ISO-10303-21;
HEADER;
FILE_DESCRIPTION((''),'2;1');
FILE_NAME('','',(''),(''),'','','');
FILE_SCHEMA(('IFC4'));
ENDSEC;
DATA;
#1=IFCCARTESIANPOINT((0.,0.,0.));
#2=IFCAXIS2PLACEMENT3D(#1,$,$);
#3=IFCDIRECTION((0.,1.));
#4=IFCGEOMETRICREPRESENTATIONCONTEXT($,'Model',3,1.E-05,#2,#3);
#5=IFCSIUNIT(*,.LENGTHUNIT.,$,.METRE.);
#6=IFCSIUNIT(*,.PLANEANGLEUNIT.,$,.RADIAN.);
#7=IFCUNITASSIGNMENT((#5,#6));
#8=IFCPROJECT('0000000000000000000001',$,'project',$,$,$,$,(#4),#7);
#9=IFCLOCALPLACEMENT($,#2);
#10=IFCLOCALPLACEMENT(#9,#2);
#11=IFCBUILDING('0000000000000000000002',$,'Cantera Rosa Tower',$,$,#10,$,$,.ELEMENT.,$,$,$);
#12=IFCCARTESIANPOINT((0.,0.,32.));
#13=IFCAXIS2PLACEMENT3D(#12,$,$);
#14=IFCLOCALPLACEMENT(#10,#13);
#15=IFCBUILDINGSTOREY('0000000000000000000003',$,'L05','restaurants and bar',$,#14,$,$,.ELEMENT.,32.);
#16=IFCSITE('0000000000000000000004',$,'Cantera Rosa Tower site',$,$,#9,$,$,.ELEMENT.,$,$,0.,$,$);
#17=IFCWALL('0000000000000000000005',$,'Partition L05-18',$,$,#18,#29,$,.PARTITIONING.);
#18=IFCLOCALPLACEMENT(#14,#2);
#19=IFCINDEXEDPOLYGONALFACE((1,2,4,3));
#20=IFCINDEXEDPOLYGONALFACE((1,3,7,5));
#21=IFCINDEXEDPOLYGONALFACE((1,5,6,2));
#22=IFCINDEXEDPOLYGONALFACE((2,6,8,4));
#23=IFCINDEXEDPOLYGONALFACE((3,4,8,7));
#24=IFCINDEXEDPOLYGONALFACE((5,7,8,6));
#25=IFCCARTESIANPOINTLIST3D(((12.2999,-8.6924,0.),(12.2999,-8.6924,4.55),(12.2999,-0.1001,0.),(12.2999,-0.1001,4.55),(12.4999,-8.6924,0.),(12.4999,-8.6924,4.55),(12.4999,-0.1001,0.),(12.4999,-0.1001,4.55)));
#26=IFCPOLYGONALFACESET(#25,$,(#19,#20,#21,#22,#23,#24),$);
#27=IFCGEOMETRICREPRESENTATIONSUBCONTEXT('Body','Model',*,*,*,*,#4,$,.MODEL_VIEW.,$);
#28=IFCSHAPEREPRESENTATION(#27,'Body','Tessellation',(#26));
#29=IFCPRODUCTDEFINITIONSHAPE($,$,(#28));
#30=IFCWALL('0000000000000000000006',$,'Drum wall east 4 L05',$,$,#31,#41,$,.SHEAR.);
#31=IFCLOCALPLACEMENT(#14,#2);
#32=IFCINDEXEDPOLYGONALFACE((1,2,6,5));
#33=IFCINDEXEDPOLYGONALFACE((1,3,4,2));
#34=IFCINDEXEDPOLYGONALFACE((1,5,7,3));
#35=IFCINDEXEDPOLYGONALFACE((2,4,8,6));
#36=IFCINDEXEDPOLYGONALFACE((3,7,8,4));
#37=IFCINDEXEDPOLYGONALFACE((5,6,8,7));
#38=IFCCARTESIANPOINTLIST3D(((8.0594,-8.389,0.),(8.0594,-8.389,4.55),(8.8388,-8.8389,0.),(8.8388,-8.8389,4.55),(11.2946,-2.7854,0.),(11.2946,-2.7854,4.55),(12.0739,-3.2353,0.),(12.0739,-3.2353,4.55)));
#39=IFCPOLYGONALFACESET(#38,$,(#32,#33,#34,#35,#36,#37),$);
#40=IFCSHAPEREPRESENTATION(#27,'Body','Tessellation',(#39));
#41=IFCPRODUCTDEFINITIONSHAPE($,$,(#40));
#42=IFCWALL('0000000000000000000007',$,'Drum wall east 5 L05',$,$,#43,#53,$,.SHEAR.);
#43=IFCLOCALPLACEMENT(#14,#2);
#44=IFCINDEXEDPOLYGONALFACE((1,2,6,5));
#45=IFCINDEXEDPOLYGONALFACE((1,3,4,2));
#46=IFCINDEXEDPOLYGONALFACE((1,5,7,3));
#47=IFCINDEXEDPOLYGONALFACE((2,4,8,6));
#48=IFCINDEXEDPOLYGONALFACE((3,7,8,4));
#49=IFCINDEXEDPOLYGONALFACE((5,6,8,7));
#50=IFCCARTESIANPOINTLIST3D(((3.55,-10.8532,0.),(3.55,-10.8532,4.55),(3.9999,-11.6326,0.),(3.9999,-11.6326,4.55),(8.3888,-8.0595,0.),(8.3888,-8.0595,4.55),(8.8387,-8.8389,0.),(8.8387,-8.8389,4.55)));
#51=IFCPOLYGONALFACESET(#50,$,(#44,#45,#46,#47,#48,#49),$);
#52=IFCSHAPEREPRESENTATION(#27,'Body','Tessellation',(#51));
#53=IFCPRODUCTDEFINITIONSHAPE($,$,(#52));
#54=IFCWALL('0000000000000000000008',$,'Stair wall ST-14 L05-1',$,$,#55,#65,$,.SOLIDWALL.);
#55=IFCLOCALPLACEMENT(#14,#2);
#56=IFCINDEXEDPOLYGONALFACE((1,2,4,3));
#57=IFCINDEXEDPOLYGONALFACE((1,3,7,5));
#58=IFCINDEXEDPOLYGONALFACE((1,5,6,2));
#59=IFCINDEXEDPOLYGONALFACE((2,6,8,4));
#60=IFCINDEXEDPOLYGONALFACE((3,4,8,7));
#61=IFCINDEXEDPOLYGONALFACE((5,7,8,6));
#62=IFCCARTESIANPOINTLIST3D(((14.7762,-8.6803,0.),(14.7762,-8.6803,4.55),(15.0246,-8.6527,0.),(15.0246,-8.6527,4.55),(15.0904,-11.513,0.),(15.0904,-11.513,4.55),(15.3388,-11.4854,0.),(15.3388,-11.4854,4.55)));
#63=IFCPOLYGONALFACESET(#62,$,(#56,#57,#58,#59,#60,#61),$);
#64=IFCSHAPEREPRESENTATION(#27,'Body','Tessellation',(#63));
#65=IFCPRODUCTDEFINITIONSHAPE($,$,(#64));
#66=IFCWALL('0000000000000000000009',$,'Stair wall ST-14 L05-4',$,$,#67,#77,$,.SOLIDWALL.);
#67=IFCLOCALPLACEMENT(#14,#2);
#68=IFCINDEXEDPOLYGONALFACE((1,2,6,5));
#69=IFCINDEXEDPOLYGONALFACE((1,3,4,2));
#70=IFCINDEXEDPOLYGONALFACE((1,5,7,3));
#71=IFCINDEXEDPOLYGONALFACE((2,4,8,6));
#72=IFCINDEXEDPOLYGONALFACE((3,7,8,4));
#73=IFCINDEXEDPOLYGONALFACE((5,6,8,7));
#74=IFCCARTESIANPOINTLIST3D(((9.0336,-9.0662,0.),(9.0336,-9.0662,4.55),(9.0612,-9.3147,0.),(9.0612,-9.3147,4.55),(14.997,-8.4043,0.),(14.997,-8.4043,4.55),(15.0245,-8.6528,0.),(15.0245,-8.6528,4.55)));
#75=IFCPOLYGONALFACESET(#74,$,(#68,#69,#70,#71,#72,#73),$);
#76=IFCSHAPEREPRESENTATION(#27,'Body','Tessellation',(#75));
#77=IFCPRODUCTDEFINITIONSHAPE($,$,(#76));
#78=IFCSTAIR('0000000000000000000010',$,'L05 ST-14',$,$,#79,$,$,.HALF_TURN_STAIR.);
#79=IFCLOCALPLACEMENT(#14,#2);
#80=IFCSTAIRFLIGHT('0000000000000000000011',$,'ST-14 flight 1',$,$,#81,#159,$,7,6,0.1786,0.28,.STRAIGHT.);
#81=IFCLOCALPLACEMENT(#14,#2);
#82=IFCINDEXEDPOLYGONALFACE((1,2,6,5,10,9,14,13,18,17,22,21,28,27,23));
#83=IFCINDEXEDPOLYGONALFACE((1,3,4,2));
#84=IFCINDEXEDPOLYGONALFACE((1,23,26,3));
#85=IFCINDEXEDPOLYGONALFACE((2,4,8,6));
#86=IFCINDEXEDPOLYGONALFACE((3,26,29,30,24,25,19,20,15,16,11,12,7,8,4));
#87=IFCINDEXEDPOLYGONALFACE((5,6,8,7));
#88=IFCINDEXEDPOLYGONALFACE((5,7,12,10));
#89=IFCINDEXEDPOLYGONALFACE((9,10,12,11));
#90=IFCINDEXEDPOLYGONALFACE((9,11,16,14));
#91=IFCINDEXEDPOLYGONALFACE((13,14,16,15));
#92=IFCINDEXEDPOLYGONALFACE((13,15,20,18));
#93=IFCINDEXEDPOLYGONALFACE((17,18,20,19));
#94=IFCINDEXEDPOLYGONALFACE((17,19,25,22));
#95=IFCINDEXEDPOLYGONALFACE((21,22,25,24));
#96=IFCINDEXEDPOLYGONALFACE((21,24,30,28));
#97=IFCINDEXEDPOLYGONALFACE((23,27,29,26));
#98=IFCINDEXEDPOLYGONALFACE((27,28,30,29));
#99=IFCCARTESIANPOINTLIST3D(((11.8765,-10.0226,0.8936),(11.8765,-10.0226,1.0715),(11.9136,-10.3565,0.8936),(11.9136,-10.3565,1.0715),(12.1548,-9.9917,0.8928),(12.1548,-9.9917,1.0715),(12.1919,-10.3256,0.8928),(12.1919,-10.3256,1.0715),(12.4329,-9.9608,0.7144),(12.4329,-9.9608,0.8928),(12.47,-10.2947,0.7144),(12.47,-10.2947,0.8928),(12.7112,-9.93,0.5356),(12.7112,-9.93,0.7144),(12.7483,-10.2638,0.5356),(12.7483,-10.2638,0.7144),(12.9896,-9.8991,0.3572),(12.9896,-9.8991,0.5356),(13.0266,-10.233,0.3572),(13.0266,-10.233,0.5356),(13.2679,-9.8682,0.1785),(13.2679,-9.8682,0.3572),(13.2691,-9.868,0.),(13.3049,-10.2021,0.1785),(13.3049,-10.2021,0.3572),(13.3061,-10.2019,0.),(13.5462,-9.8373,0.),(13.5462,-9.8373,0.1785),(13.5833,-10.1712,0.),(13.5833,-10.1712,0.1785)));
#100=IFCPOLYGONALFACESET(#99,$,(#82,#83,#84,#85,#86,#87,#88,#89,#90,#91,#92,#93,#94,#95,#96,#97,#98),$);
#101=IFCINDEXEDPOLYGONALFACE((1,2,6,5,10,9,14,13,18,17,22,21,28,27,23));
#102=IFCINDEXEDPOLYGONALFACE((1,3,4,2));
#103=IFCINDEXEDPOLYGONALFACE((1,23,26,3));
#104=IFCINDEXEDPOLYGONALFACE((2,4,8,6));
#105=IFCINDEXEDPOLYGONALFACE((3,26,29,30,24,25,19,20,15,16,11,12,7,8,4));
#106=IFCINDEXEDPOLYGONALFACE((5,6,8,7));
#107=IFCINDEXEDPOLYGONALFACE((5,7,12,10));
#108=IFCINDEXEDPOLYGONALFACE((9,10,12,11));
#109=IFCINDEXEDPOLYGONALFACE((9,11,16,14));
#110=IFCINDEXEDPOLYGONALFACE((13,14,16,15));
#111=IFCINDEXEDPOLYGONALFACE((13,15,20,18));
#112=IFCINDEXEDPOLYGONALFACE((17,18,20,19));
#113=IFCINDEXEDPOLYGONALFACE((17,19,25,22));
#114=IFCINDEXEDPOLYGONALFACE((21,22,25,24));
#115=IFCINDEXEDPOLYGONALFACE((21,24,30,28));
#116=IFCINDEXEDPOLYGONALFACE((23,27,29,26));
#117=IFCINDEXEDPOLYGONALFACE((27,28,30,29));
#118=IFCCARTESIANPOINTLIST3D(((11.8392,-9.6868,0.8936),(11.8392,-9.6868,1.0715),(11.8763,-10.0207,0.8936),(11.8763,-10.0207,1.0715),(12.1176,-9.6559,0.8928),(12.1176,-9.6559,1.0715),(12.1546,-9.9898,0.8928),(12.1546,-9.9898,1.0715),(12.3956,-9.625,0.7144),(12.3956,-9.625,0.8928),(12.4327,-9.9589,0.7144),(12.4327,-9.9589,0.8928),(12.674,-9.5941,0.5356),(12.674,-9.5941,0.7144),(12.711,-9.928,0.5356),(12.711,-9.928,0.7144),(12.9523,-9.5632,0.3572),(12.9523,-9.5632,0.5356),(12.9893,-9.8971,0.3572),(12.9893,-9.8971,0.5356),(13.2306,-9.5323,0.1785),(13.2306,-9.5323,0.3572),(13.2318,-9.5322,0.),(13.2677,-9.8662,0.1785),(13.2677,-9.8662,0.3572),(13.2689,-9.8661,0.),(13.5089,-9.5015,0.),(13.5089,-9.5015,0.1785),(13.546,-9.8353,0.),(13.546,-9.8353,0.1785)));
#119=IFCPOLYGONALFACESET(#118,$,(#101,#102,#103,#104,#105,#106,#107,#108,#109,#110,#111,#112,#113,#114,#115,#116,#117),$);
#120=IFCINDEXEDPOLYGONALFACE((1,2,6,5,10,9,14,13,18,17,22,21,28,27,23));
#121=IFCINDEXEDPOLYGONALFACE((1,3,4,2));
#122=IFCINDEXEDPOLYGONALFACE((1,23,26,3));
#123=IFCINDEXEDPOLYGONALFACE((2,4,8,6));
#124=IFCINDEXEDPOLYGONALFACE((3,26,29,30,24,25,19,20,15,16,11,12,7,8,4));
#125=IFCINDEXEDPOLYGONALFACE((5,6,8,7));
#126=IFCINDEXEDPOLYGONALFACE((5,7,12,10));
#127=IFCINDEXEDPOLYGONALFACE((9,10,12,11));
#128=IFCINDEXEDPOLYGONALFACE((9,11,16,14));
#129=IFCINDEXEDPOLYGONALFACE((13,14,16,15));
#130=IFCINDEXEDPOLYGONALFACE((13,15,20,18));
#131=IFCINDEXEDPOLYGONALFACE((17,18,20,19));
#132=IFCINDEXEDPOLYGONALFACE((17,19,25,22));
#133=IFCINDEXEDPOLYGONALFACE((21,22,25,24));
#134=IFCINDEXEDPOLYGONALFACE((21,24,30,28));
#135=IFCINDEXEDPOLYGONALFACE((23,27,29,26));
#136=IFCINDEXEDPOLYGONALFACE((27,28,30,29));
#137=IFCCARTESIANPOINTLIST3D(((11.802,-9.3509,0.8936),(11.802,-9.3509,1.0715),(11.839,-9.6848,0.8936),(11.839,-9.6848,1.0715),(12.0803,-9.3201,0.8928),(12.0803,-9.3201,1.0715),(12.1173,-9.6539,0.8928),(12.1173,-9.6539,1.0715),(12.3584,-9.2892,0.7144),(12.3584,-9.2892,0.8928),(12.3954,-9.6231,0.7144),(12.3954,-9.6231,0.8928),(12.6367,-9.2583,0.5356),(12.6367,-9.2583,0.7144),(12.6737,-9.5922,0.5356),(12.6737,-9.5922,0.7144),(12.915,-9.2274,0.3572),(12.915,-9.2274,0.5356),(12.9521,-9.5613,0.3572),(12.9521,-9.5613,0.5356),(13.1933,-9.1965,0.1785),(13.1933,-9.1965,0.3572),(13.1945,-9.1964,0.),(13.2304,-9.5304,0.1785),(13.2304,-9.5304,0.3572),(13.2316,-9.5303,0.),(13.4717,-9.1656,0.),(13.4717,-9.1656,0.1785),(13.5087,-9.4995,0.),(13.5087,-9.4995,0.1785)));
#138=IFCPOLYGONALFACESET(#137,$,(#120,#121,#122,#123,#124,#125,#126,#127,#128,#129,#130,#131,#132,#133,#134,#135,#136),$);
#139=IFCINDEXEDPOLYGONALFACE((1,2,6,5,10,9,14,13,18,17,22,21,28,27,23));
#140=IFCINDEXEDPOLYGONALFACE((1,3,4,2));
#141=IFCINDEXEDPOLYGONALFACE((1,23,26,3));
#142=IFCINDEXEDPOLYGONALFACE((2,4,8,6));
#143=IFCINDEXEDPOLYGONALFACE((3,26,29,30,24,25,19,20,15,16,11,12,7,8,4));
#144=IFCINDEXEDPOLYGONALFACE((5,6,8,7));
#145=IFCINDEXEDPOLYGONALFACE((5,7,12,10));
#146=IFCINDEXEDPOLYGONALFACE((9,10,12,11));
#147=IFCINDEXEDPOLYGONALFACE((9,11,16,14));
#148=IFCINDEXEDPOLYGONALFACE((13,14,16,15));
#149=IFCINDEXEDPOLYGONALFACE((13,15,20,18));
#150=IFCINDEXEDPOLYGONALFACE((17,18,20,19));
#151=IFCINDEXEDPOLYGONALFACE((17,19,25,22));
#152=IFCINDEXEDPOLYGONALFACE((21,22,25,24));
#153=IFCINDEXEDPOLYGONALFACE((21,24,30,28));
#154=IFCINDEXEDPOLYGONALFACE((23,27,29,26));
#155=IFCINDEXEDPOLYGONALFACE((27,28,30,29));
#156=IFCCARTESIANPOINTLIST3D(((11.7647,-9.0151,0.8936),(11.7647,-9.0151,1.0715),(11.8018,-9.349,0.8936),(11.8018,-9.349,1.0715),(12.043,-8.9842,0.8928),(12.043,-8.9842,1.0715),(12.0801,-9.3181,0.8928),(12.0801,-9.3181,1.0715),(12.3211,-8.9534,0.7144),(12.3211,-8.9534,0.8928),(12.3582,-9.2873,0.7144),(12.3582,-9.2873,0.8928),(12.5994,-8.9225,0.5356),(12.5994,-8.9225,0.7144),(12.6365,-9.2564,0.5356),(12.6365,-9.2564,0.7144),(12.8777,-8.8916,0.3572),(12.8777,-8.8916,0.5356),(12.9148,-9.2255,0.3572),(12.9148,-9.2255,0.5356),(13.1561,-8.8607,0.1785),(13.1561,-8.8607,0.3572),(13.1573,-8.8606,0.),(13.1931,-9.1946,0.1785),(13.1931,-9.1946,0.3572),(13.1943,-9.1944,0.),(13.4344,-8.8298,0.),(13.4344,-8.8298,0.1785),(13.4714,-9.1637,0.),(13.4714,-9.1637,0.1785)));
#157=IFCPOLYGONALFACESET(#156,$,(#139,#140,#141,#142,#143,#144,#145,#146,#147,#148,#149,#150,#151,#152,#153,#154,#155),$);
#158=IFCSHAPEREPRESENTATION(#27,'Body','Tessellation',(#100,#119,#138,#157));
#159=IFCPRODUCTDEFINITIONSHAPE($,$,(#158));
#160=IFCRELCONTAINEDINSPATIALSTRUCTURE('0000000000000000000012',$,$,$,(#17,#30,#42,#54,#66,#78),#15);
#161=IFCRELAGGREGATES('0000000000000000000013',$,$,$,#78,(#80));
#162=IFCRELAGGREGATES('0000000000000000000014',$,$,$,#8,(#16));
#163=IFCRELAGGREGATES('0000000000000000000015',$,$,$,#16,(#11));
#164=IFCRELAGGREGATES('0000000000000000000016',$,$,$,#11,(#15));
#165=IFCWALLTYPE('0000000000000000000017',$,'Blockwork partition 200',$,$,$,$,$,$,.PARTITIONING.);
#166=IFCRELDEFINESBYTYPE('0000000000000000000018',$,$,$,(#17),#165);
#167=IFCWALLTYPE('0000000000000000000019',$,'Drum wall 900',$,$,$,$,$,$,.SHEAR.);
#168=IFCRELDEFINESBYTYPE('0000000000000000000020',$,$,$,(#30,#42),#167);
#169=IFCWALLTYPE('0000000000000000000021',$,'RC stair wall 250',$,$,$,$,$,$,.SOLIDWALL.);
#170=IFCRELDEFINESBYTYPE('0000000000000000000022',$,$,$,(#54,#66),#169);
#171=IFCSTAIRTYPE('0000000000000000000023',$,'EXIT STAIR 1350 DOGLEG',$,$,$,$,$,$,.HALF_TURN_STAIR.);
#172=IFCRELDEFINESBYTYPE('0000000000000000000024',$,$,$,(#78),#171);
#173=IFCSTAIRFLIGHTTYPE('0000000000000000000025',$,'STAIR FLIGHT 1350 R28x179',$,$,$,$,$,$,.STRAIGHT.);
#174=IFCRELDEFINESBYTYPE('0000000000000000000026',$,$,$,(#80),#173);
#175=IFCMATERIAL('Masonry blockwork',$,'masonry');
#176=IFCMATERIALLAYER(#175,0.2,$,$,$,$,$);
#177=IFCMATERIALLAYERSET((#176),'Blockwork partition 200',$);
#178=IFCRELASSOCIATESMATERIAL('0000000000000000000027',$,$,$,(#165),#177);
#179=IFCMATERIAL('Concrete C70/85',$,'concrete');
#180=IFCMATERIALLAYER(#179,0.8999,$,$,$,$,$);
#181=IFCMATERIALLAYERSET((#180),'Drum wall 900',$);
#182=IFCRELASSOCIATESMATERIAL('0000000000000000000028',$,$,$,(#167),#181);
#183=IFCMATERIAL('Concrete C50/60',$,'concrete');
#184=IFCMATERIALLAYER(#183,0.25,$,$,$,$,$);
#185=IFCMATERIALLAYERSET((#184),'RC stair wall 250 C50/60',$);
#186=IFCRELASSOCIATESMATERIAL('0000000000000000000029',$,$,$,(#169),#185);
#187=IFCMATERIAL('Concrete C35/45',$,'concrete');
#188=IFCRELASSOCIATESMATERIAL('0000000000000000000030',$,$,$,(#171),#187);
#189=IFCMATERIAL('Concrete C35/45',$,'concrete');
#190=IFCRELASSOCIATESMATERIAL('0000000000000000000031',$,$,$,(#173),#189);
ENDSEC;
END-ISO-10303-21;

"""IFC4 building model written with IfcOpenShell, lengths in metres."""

from ifc_helpers import new_model, si_unit, direction, frame, frame_2d, origin, place, context, subcontext, project, spatial, polyline, rectangle, outline, extrude, material, layer, layer_set, type_object, element, aggregate, save


model = new_model("IFC4")

# Units and contexts
model_context = context("Model", 3, precision=1e-05, world=origin(), true_north=direction((0.0, 1.0)))
body_context = subcontext(model_context, "Body", "Model", "MODEL_VIEW")
ifc_project = project(units=[si_unit("LENGTHUNIT", "METRE"), si_unit("PLANEANGLEUNIT", "RADIAN")], contexts=[model_context])

# Site, building, storey
site_placement = place(None, origin())
site = spatial("IfcSite", under=ifc_project, at=site_placement, Name="Cantera Rosa Tower site", CompositionType="ELEMENT", RefElevation=0.0)
building_placement = place(site_placement, origin())
building = spatial("IfcBuilding", under=site, at=building_placement, Name="Cantera Rosa Tower", CompositionType="ELEMENT")
storey_placement = place(building_placement, frame((0.0, 0.0, 32.0)))
storey = spatial("IfcBuildingStorey", under=building, at=storey_placement, Name="L05", Description="restaurants and bar", CompositionType="ELEMENT", Elevation=32.0)

# Walls
ifc_material_1 = material(Name="Masonry blockwork", Category="masonry")
ifc_layer_1 = layer(ifc_material_1, 0.2)
ifc_layer_set_1 = layer_set([ifc_layer_1], Name="Blockwork partition 200")
wall_type_1 = type_object("IfcWallType", Name="Blockwork partition 200", PredefinedType="PARTITIONING", material=ifc_layer_set_1)
wall_1_placement = place(storey_placement, frame((12.3999, -8.6924, 0.0), z_axis=(0.0, 0.0, 1.0), x_axis=(0.0, 1.0, 0.0)))
element("IfcWall", 1, at=wall_1_placement, inside=storey, type_object=wall_type_1, Name="Partition L05-18", PredefinedType="PARTITIONING", context=body_context, shape_type="SweptSolid", body=[
    extrude(rectangle(XDim=8.5923, YDim=0.2, at=frame_2d((4.2961, 0.0))), origin(), (0.0, 0.0, 1.0), 4.55),
])
ifc_material_2 = material(Name="Concrete C70/85", Category="concrete")
ifc_layer_2 = layer(ifc_material_2, 0.8999)
ifc_layer_set_2 = layer_set([ifc_layer_2], Name="Drum wall 900")
wall_type_2 = type_object("IfcWallType", Name="Drum wall 900", PredefinedType="SHEAR", material=ifc_layer_set_2)
wall_2_placement = place(storey_placement, frame((11.6843, -3.0103, 0.0), z_axis=(0.0, 0.0, 1.0), x_axis=(-0.49999, -0.866031, 0.0)))
element("IfcWall", 2, at=wall_2_placement, inside=storey, type_object=wall_type_2, Name="Drum wall east 4 L05", PredefinedType="SHEAR", context=body_context, shape_type="SweptSolid", body=[
    extrude(rectangle(XDim=6.4705, YDim=0.8999, at=frame_2d((3.2354, 0.0))), origin(), (0.0, 0.0, 1.0), 4.55),
])
wall_3_placement = place(storey_placement, frame((8.6138, -8.4492, 0.0), z_axis=(0.0, 0.0, 1.0), x_axis=(-0.866027, -0.499997, 0.0)))
element("IfcWall", 3, at=wall_3_placement, inside=storey, type_object=wall_type_2, Name="Drum wall east 5 L05", PredefinedType="SHEAR", context=body_context, shape_type="SweptSolid", body=[
    extrude(rectangle(XDim=5.5874, YDim=0.8999, at=frame_2d((2.7937, 0.0))), origin(), (0.0, 0.0, 1.0), 4.55),
])
ifc_material_3 = material(Name="Concrete C50/60", Category="concrete")
ifc_layer_3 = layer(ifc_material_3, 0.25)
ifc_layer_set_3 = layer_set([ifc_layer_3], Name="RC stair wall 250 C50/60")
wall_type_3 = type_object("IfcWallType", Name="RC stair wall 250", PredefinedType="SOLIDWALL", material=ifc_layer_set_3)
wall_4_placement = place(storey_placement, frame((14.9004, -8.6665, 0.0), z_axis=(0.0, 0.0, 1.0), x_axis=(0.110243, -0.993905, 0.0)))
element("IfcWall", 4, at=wall_4_placement, inside=storey, type_object=wall_type_3, Name="Stair wall ST-14 L05-1", PredefinedType="SOLIDWALL", context=body_context, shape_type="SweptSolid", body=[
    extrude(rectangle(XDim=2.8501, YDim=0.25, at=frame_2d((1.425, 0.0))), origin(), (0.0, 0.0, 1.0), 4.55),
])
wall_5_placement = place(storey_placement, frame((9.0474, -9.1904, 0.0), z_axis=(0.0, 0.0, 1.0), x_axis=(0.993897, 0.110311, 0.0)))
element("IfcWall", 5, at=wall_5_placement, inside=storey, type_object=wall_type_3, Name="Stair wall ST-14 L05-4", PredefinedType="SOLIDWALL", context=body_context, shape_type="SweptSolid", body=[
    extrude(rectangle(XDim=6.0, YDim=0.25, at=frame_2d((3.0, 0.0))), origin(), (0.0, 0.0, 1.0), 4.55),
])

# Stair, stair flight
ifc_material_4 = material(Name="Concrete C35/45", Category="concrete")
stair_type = type_object("IfcStairType", Name="EXIT STAIR 1350 DOGLEG", PredefinedType="HALF_TURN_STAIR", material=ifc_material_4)
stair_placement = place(storey_placement, origin())
stair = element("IfcStair", 6, at=stair_placement, inside=storey, type_object=stair_type, Name="L05 ST-14", PredefinedType="HALF_TURN_STAIR")
ifc_material_5 = material(Name="Concrete C35/45", Category="concrete")
stair_flight_type = type_object("IfcStairFlightType", Name="STAIR FLIGHT 1350 R28x179", PredefinedType="STRAIGHT", material=ifc_material_5)
stair_flight_1_placement = place(storey_placement, frame((13.5088, -9.5002, 0.0), z_axis=(0.0, 0.0, 1.0), x_axis=(-0.993897, -0.110313, 0.0)))
stair_flight_1 = element("IfcStairFlight", 7, at=stair_flight_1_placement, type_object=stair_flight_type, Name="ST-14 flight 1", NumberOfRisers=7, NumberOfTreads=6, PredefinedType="STRAIGHT", RiserHeight=0.1786, TreadLength=0.28, context=body_context, shape_type="SweptSolid", body=[
    extrude(outline(polyline([(0.0, 0.0), (0.0, 0.1785), (0.28, 0.1785), (0.28, 0.3572), (0.5601, 0.3572), (0.5601, 0.5356), (0.8401, 0.5356), (0.8401, 0.7144), (1.1201, 0.7144), (1.1201, 0.8928), (1.3999, 0.8928), (1.3999, 1.0715), (1.6799, 1.0715), (1.6799, 1.25), (1.6799, 0.8936), (0.2788, 0.0), (0.0, 0.0)])), frame((0.0, 0.675, 0.0), z_axis=(0.0, -1.0, 0.0), x_axis=(1.0, 0.0, 0.0)), (0.0, 0.0, 1.0), 0.3359),
    extrude(outline(polyline([(0.0, 0.0), (0.0, 0.1785), (0.28, 0.1785), (0.28, 0.3572), (0.5601, 0.3572), (0.5601, 0.5356), (0.8401, 0.5356), (0.8401, 0.7144), (1.1201, 0.7144), (1.1201, 0.8928), (1.3999, 0.8928), (1.3999, 1.0715), (1.6799, 1.0715), (1.6799, 1.25), (1.6799, 0.8936), (0.2788, 0.0), (0.0, 0.0)])), frame((0.0, 0.3372, 0.0), z_axis=(0.0, -1.0, 0.0), x_axis=(1.0, 0.0, 0.0)), (0.0, 0.0, 1.0), 0.3359),
    extrude(outline(polyline([(0.0, 0.0), (0.0, 0.1785), (0.28, 0.1785), (0.28, 0.3572), (0.5601, 0.3572), (0.5601, 0.5356), (0.8401, 0.5356), (0.8401, 0.7144), (1.1201, 0.7144), (1.1201, 0.8928), (1.3999, 0.8928), (1.3999, 1.0715), (1.6799, 1.0715), (1.6799, 1.25), (1.6799, 0.8936), (0.2788, 0.0), (0.0, 0.0)])), frame((0.0, -0.0007, 0.0), z_axis=(0.0, -1.0, 0.0), x_axis=(1.0, 0.0, 0.0)), (0.0, 0.0, 1.0), 0.3359),
    extrude(outline(polyline([(0.0, 0.0), (0.0, 0.1785), (0.28, 0.1785), (0.28, 0.3572), (0.5601, 0.3572), (0.5601, 0.5356), (0.8401, 0.5356), (0.8401, 0.7144), (1.1201, 0.7144), (1.1201, 0.8928), (1.3999, 0.8928), (1.3999, 1.0715), (1.6799, 1.0715), (1.6799, 1.25), (1.6799, 0.8936), (0.2788, 0.0), (0.0, 0.0)])), frame((0.0, -0.3386, 0.0), z_axis=(0.0, -1.0, 0.0), x_axis=(1.0, 0.0, 0.0)), (0.0, 0.0, 1.0), 0.3359),
])
aggregate(stair, [stair_flight_1])

save(model, "model.ifc")
